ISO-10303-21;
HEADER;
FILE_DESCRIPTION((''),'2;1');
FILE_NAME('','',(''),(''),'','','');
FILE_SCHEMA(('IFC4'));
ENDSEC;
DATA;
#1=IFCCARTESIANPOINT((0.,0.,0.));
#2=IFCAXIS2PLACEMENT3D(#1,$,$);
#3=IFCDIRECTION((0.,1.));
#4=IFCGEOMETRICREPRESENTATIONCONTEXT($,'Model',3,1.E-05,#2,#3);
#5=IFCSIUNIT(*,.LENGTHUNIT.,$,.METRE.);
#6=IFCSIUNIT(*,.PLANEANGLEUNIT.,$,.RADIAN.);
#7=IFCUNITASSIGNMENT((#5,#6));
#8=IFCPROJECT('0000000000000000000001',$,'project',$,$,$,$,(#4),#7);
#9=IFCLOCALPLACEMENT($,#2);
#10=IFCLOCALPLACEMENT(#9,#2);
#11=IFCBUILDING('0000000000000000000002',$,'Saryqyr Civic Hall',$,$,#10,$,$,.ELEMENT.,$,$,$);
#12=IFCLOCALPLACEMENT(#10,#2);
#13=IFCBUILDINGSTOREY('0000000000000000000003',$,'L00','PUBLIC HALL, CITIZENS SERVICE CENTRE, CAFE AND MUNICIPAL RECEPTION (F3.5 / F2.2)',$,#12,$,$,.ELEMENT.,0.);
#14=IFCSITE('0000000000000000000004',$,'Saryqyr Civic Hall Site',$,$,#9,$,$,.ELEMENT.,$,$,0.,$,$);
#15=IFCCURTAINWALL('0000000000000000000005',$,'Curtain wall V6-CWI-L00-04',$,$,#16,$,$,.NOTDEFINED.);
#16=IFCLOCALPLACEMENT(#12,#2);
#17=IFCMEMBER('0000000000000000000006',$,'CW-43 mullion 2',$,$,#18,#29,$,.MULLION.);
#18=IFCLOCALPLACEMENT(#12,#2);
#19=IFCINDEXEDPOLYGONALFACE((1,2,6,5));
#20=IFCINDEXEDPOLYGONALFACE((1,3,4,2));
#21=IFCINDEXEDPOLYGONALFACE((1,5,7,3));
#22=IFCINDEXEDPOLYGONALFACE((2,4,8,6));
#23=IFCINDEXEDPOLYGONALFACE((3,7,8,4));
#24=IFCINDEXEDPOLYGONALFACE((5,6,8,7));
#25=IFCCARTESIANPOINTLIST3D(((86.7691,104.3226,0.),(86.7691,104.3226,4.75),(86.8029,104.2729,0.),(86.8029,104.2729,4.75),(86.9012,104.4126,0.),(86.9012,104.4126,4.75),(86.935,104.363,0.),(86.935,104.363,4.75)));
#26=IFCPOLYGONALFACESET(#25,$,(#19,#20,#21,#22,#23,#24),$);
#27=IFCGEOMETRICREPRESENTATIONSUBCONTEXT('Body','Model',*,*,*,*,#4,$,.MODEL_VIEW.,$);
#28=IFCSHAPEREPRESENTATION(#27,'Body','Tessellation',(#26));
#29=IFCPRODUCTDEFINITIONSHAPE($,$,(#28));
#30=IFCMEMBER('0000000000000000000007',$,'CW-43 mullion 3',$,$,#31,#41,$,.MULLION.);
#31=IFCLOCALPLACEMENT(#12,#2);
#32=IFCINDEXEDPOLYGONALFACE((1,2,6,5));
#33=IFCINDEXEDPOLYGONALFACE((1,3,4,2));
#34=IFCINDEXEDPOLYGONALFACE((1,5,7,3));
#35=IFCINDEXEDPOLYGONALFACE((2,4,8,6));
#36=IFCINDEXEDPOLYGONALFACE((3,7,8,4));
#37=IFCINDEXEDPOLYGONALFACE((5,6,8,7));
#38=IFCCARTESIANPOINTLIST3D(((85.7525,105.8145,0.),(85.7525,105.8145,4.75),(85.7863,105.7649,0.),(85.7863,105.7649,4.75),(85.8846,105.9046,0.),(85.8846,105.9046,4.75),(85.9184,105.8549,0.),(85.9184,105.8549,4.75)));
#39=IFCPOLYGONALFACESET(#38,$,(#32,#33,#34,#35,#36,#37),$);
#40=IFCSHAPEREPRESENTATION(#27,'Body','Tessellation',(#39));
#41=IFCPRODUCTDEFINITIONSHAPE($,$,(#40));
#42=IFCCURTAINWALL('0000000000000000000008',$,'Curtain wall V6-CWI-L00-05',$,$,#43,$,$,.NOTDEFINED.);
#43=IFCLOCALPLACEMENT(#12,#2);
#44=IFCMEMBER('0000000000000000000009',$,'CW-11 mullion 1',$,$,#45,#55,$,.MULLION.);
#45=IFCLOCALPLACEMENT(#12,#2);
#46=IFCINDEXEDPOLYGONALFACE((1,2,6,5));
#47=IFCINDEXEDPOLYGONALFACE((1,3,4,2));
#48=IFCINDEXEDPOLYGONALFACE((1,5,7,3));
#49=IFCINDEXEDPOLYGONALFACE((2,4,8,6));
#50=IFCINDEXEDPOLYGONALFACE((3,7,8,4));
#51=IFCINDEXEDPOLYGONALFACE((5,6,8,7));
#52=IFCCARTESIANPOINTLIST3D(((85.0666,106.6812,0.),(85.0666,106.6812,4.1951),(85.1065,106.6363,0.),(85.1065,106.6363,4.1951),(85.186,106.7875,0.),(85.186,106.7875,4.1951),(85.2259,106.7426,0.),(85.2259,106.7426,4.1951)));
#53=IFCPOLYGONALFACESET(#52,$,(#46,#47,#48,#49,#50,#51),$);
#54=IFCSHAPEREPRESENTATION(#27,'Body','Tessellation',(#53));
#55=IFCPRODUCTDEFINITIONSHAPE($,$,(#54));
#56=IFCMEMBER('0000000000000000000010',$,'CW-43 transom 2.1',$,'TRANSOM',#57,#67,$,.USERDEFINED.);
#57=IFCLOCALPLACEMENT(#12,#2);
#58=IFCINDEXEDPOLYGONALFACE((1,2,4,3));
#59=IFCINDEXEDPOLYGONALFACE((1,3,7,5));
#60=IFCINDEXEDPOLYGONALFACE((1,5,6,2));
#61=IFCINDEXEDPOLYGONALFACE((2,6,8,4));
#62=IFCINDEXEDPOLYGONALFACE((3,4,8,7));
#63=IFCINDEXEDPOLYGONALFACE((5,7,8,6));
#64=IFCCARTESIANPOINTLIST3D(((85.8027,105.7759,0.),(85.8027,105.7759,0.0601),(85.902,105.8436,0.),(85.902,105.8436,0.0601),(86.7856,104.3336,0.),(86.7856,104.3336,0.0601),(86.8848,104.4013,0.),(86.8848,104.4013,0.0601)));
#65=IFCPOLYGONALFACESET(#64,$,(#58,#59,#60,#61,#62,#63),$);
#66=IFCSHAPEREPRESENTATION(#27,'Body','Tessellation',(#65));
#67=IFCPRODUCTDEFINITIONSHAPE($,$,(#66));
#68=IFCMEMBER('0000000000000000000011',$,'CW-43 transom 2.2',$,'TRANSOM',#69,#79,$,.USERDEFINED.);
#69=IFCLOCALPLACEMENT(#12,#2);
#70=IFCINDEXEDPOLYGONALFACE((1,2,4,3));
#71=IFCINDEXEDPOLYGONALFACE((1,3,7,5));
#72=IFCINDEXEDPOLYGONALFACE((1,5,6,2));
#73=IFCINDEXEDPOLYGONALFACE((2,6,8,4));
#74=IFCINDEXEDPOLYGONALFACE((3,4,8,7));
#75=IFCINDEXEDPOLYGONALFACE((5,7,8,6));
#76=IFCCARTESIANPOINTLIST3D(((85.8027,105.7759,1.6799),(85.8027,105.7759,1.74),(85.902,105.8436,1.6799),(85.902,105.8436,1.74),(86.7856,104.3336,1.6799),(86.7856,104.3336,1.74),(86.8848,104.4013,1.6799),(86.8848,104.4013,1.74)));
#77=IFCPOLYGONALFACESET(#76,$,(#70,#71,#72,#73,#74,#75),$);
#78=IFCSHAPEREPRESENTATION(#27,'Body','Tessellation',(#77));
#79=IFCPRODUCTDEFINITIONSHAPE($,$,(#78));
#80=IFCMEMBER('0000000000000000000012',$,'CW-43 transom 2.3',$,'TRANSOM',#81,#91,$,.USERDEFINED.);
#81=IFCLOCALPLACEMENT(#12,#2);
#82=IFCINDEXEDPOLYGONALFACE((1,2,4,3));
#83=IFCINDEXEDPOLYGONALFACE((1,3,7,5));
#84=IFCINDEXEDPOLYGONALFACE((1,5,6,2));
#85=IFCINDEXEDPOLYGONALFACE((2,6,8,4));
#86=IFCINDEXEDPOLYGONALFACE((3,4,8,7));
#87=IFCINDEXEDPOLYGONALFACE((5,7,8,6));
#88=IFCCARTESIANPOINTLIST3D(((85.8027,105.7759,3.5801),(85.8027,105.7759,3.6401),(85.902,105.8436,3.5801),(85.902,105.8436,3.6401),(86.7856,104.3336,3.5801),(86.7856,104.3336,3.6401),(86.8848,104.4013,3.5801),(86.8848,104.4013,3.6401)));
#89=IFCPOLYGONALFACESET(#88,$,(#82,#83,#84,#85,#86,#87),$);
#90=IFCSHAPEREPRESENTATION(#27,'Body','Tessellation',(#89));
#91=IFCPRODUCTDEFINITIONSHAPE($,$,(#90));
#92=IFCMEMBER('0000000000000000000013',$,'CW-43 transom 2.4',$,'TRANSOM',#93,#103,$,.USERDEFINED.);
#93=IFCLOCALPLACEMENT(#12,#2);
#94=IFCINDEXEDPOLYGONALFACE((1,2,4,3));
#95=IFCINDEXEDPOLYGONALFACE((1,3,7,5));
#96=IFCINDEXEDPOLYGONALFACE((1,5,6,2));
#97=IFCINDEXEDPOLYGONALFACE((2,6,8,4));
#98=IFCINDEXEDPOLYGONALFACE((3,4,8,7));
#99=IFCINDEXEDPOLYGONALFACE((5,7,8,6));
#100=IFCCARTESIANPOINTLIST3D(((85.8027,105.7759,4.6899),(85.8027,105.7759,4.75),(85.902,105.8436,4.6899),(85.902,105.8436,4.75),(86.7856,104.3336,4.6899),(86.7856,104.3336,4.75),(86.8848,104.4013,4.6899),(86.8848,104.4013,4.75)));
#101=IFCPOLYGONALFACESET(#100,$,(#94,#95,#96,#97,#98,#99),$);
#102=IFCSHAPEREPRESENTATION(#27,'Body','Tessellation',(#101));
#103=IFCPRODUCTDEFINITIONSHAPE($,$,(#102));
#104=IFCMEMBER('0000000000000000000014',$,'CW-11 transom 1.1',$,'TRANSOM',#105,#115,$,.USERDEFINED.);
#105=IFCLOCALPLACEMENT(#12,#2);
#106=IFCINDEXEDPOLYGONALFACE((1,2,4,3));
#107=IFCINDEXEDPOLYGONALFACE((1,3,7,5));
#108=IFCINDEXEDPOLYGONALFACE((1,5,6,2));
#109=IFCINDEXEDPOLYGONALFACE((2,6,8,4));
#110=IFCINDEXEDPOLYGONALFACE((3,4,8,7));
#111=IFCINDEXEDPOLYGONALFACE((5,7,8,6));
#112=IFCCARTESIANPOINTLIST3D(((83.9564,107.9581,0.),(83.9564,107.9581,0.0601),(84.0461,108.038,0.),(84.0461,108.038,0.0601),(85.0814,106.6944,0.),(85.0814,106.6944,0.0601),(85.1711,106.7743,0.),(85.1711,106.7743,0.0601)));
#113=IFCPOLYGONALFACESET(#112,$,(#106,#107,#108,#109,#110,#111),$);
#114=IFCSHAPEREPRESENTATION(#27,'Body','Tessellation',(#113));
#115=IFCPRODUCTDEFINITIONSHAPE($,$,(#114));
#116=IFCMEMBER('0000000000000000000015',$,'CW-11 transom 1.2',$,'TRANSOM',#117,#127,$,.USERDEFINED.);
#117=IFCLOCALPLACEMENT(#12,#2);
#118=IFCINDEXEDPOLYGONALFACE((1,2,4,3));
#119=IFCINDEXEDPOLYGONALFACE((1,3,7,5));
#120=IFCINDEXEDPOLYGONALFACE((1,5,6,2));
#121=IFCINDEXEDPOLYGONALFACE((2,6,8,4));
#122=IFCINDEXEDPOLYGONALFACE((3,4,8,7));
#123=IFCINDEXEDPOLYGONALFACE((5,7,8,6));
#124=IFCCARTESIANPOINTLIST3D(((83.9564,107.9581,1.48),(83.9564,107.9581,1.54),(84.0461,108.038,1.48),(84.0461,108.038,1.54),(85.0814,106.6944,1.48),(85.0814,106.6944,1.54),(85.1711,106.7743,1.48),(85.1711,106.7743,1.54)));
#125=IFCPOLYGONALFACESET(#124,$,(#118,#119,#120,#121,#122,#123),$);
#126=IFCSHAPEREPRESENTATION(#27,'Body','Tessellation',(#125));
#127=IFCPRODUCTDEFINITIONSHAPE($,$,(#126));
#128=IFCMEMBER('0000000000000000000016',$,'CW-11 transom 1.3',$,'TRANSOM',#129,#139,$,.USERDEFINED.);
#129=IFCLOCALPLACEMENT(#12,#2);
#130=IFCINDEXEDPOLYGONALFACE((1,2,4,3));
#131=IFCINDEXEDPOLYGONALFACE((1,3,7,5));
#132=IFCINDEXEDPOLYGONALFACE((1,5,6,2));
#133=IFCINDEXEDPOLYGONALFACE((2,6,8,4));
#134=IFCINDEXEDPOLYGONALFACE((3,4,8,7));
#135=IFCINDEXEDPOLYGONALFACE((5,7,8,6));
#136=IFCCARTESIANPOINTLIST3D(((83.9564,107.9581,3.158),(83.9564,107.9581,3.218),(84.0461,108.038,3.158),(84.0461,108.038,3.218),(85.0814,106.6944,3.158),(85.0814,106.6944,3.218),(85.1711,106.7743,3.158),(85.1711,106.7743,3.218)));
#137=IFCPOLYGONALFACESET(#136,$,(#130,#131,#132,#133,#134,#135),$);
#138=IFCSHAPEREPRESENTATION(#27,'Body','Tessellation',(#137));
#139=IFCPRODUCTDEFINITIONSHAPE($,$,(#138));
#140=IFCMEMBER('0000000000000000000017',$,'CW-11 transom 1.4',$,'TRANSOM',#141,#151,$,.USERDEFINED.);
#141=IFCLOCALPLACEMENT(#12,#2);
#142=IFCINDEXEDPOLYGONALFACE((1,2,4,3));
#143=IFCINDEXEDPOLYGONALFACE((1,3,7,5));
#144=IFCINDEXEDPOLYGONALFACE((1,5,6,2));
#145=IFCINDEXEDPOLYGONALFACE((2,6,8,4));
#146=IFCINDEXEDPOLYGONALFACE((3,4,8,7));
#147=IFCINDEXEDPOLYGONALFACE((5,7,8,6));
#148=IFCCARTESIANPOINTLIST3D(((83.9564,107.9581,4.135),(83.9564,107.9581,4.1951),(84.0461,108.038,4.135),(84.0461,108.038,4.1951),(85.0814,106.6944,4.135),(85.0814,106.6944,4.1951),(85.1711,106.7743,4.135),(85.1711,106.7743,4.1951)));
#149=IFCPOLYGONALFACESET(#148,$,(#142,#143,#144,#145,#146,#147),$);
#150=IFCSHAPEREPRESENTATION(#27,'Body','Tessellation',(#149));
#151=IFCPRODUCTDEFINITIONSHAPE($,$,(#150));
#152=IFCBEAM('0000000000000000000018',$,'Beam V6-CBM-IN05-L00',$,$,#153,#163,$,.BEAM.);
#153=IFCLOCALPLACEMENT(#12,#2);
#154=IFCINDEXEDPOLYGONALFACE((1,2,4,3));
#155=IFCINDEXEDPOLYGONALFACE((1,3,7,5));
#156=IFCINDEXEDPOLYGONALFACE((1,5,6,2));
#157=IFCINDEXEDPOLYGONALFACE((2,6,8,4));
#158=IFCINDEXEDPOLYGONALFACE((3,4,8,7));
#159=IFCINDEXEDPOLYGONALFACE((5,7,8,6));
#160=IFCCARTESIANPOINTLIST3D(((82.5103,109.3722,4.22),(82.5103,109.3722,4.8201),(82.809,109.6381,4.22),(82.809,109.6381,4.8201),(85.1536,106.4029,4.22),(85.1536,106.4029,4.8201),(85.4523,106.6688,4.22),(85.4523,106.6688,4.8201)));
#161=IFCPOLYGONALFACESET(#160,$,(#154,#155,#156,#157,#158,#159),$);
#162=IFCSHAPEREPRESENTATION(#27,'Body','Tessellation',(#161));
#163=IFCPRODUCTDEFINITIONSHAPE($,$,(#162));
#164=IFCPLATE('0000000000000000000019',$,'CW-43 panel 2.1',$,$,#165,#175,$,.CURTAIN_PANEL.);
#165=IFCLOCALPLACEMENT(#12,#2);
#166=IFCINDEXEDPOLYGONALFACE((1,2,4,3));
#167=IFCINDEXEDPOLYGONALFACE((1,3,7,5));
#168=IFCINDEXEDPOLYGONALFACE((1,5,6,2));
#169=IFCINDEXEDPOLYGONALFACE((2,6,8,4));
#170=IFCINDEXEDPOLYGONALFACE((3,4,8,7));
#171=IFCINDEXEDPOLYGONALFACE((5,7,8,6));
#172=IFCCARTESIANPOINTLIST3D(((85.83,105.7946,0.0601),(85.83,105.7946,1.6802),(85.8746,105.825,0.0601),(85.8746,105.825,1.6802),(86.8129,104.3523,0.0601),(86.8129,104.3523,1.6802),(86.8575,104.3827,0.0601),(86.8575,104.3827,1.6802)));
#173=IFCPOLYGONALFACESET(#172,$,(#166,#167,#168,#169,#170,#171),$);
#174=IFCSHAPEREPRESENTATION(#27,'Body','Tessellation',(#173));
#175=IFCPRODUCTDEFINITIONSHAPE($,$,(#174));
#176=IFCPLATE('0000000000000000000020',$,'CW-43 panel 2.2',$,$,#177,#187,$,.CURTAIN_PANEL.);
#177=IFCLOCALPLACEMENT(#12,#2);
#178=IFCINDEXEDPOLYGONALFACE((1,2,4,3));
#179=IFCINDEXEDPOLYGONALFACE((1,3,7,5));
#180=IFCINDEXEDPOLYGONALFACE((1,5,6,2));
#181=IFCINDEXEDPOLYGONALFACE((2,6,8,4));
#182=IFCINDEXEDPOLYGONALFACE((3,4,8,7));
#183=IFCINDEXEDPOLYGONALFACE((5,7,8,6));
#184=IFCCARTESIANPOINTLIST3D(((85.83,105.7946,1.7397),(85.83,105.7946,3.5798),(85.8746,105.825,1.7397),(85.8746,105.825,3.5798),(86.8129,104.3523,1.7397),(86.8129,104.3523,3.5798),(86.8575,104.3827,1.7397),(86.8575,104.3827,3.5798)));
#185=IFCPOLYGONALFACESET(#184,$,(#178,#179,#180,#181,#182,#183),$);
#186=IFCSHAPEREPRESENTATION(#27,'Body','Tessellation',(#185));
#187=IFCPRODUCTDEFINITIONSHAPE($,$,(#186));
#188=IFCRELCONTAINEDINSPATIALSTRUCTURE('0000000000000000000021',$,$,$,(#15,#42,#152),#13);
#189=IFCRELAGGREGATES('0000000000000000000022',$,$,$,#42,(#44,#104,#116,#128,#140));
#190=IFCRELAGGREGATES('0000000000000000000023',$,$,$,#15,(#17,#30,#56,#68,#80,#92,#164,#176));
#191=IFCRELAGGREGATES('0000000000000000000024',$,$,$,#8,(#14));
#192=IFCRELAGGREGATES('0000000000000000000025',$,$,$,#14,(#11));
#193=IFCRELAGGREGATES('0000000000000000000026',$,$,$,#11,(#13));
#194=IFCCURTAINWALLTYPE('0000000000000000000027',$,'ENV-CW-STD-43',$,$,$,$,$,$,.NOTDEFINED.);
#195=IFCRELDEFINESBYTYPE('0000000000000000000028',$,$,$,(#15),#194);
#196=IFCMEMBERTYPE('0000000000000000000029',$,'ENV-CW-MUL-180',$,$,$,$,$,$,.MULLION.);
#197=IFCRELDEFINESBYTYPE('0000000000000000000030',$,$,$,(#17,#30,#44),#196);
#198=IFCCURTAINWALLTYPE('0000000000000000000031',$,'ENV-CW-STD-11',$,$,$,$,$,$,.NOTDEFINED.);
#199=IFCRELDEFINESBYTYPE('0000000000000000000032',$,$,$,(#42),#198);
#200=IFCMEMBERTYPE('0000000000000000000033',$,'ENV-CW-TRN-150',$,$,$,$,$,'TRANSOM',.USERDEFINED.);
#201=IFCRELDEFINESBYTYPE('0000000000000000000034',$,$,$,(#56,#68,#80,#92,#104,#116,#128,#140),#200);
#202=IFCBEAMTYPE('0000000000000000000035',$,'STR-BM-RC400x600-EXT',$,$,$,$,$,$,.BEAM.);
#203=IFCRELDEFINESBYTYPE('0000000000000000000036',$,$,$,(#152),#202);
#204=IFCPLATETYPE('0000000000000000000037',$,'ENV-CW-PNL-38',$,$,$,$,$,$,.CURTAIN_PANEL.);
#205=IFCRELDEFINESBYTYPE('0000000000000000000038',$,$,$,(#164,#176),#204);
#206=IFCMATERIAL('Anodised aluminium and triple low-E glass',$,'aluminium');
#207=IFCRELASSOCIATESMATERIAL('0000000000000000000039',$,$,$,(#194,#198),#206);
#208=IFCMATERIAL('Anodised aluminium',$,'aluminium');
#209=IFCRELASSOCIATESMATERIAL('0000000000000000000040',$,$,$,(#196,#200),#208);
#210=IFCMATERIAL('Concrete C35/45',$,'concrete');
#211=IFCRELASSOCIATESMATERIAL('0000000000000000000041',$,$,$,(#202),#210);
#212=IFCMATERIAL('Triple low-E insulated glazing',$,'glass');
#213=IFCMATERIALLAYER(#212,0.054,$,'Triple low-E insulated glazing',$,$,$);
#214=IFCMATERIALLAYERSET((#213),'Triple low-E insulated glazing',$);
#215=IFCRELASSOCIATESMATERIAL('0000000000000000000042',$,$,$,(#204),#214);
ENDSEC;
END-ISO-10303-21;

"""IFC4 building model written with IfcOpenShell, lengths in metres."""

from ifc_helpers import new_model, si_unit, direction, frame, origin, origin_2d, place, context, subcontext, project, spatial, rectangle, extrude, material, layer, layer_set, material_profile, profile_set, type_object, element, aggregate, save


model = new_model("IFC4")

# Units and contexts
model_context = context("Model", 3, precision=1e-05, world=origin(), true_north=direction((0.0, 1.0)))
body_context = subcontext(model_context, "Body", "Model", "MODEL_VIEW")
ifc_project = project(units=[si_unit("LENGTHUNIT", "METRE"), si_unit("PLANEANGLEUNIT", "RADIAN")], contexts=[model_context])

# Site, building, storey
site_placement = place(None, origin())
site = spatial("IfcSite", under=ifc_project, at=site_placement, Name="Saryqyr Civic Hall Site", CompositionType="ELEMENT", RefElevation=0.0)
building_placement = place(site_placement, origin())
building = spatial("IfcBuilding", under=site, at=building_placement, Name="Saryqyr Civic Hall", CompositionType="ELEMENT")
storey_placement = place(building_placement, origin())
storey = spatial("IfcBuildingStorey", under=building, at=storey_placement, Name="L00", Description="PUBLIC HALL, CITIZENS SERVICE CENTRE, CAFE AND MUNICIPAL RECEPTION (F3.5 / F2.2)", CompositionType="ELEMENT", Elevation=0.0)

# Curtain wall, members
ifc_material_1 = material(Name="Anodised aluminium and triple low-E glass", Category="aluminium")
curtain_wall_type_1 = type_object("IfcCurtainWallType", Name="ENV-CW-STD-43", PredefinedType="NOTDEFINED", material=ifc_material_1)
curtain_wall_1_placement = place(storey_placement, origin())
curtain_wall_1 = element("IfcCurtainWall", 1, at=curtain_wall_1_placement, inside=storey, type_object=curtain_wall_type_1, Name="Curtain wall V6-CWI-L00-04", PredefinedType="NOTDEFINED")
ifc_material_2 = material(Name="Anodised aluminium", Category="aluminium")
ifc_material_profile_1 = material_profile(ifc_material_2, rectangle(XDim=0.0601, YDim=0.1599, at=origin_2d()), Name="ALU MULLION 60x160")
ifc_profile_set_1 = profile_set([ifc_material_profile_1], Name="Anodised aluminium")
member_type_1 = type_object("IfcMemberType", Name="ENV-CW-MUL-180", PredefinedType="MULLION", material=ifc_profile_set_1)
member_1_placement = place(storey_placement, frame((86.8521, 104.3428, 0.0), z_axis=(0.0, 0.0, 1.0), x_axis=(-0.563133, 0.826366, 0.0)))
member_1 = element("IfcMember", 2, at=member_1_placement, type_object=member_type_1, Name="CW-43 mullion 2", PredefinedType="MULLION", context=body_context, shape_type="SweptSolid", body=[
    extrude(rectangle(XDim=0.0601, YDim=0.1599, at=origin_2d()), origin(), (0.0, 0.0, 1.0), 4.75),
])
member_2_placement = place(storey_placement, frame((85.8354, 105.8347, 0.0), z_axis=(0.0, 0.0, 1.0), x_axis=(-0.563133, 0.826366, 0.0)))
member_2 = element("IfcMember", 3, at=member_2_placement, type_object=member_type_1, Name="CW-43 mullion 3", PredefinedType="MULLION", context=body_context, shape_type="SweptSolid", body=[
    extrude(rectangle(XDim=0.0601, YDim=0.1599, at=origin_2d()), origin(), (0.0, 0.0, 1.0), 4.75),
])

# Curtain wall, member
curtain_wall_type_2 = type_object("IfcCurtainWallType", Name="ENV-CW-STD-11", PredefinedType="NOTDEFINED", material=ifc_material_1)
curtain_wall_2_placement = place(storey_placement, origin())
curtain_wall_2 = element("IfcCurtainWall", 4, at=curtain_wall_2_placement, inside=storey, type_object=curtain_wall_type_2, Name="Curtain wall V6-CWI-L00-05", PredefinedType="NOTDEFINED")
member_3_placement = place(storey_placement, frame((85.1462, 106.7119, 0.0), z_axis=(0.0, 0.0, 1.0), x_axis=(-0.664924, 0.746911, 0.0)))
member_3 = element("IfcMember", 5, at=member_3_placement, type_object=member_type_1, Name="CW-11 mullion 1", PredefinedType="MULLION", context=body_context, shape_type="SweptSolid", body=[
    extrude(rectangle(XDim=0.0601, YDim=0.1599, at=origin_2d()), origin(), (0.0, 0.0, 1.0), 4.1951),
])

# Members
ifc_material_profile_2 = material_profile(ifc_material_2, rectangle(XDim=0.1201, YDim=0.0601, at=origin_2d()), Name="ALU TRANSOM 120x60")
ifc_profile_set_2 = profile_set([ifc_material_profile_2], Name="Anodised aluminium")
member_type_2 = type_object("IfcMemberType", Name="ENV-CW-TRN-150", ElementType="TRANSOM", PredefinedType="USERDEFINED", material=ifc_profile_set_2)
member_4_placement = place(storey_placement, frame((86.8352, 104.3674, 0.03), z_axis=(-0.563128, 0.826369, 0.0), x_axis=(-0.826369, -0.563128, 0.0)))
member_4 = element("IfcMember", 6, at=member_4_placement, type_object=member_type_2, Name="CW-43 transom 2.1", ObjectType="TRANSOM", PredefinedType="USERDEFINED", context=body_context, shape_type="SweptSolid", body=[
    extrude(rectangle(XDim=0.1201, YDim=0.0601, at=origin_2d()), origin(), (0.0, 0.0, 1.0), 1.7454),
])
member_5_placement = place(storey_placement, frame((86.8352, 104.3674, 1.71), z_axis=(-0.563128, 0.826369, 0.0), x_axis=(-0.826369, -0.563128, 0.0)))
member_5 = element("IfcMember", 7, at=member_5_placement, type_object=member_type_2, Name="CW-43 transom 2.2", ObjectType="TRANSOM", PredefinedType="USERDEFINED", context=body_context, shape_type="SweptSolid", body=[
    extrude(rectangle(XDim=0.1201, YDim=0.0601, at=origin_2d()), origin(), (0.0, 0.0, 1.0), 1.7454),
])
member_6_placement = place(storey_placement, frame((86.8352, 104.3674, 3.6101), z_axis=(-0.563128, 0.826369, 0.0), x_axis=(-0.826369, -0.563128, 0.0)))
member_6 = element("IfcMember", 8, at=member_6_placement, type_object=member_type_2, Name="CW-43 transom 2.3", ObjectType="TRANSOM", PredefinedType="USERDEFINED", context=body_context, shape_type="SweptSolid", body=[
    extrude(rectangle(XDim=0.1201, YDim=0.0601, at=origin_2d()), origin(), (0.0, 0.0, 1.0), 1.7454),
])
member_7_placement = place(storey_placement, frame((86.8352, 104.3674, 4.72), z_axis=(-0.563128, 0.826369, 0.0), x_axis=(-0.826369, -0.563128, 0.0)))
member_7 = element("IfcMember", 9, at=member_7_placement, type_object=member_type_2, Name="CW-43 transom 2.4", ObjectType="TRANSOM", PredefinedType="USERDEFINED", context=body_context, shape_type="SweptSolid", body=[
    extrude(rectangle(XDim=0.1201, YDim=0.0601, at=origin_2d()), origin(), (0.0, 0.0, 1.0), 1.7454),
])
member_8_placement = place(storey_placement, frame((85.1262, 106.7344, 0.03), z_axis=(-0.664937, 0.7469, 0.0), x_axis=(-0.7469, -0.664937, 0.0)))
member_8 = element("IfcMember", 10, at=member_8_placement, type_object=member_type_2, Name="CW-11 transom 1.1", ObjectType="TRANSOM", PredefinedType="USERDEFINED", context=body_context, shape_type="SweptSolid", body=[
    extrude(rectangle(XDim=0.1201, YDim=0.0601, at=origin_2d()), origin(), (0.0, 0.0, 1.0), 1.6919),
])
member_9_placement = place(storey_placement, frame((85.1262, 106.7344, 1.51), z_axis=(-0.664937, 0.7469, 0.0), x_axis=(-0.7469, -0.664937, 0.0)))
member_9 = element("IfcMember", 11, at=member_9_placement, type_object=member_type_2, Name="CW-11 transom 1.2", ObjectType="TRANSOM", PredefinedType="USERDEFINED", context=body_context, shape_type="SweptSolid", body=[
    extrude(rectangle(XDim=0.1201, YDim=0.0601, at=origin_2d()), origin(), (0.0, 0.0, 1.0), 1.6919),
])
member_10_placement = place(storey_placement, frame((85.1262, 106.7344, 3.188), z_axis=(-0.664937, 0.7469, 0.0), x_axis=(-0.7469, -0.664937, 0.0)))
member_10 = element("IfcMember", 12, at=member_10_placement, type_object=member_type_2, Name="CW-11 transom 1.3", ObjectType="TRANSOM", PredefinedType="USERDEFINED", context=body_context, shape_type="SweptSolid", body=[
    extrude(rectangle(XDim=0.1201, YDim=0.0601, at=origin_2d()), origin(), (0.0, 0.0, 1.0), 1.6919),
])
member_11_placement = place(storey_placement, frame((85.1262, 106.7344, 4.165), z_axis=(-0.664937, 0.7469, 0.0), x_axis=(-0.7469, -0.664937, 0.0)))
member_11 = element("IfcMember", 13, at=member_11_placement, type_object=member_type_2, Name="CW-11 transom 1.4", ObjectType="TRANSOM", PredefinedType="USERDEFINED", context=body_context, shape_type="SweptSolid", body=[
    extrude(rectangle(XDim=0.1201, YDim=0.0601, at=origin_2d()), origin(), (0.0, 0.0, 1.0), 1.6919),
])
aggregate(curtain_wall_2, [member_3, member_8, member_9, member_10, member_11])

# Beam
ifc_material_3 = material(Name="Concrete C35/45", Category="concrete")
ifc_material_profile_3 = material_profile(ifc_material_3, rectangle(XDim=0.3999, YDim=0.6001, at=origin_2d()), Name="RC 400x600")
ifc_profile_set_3 = profile_set([ifc_material_profile_3], Name="Concrete C35/45")
beam_type = type_object("IfcBeamType", Name="STR-BM-RC400x600-EXT", PredefinedType="BEAM", material=ifc_profile_set_3)
beam_placement = place(storey_placement, frame((85.303, 106.5359, 4.52), z_axis=(-0.664924, 0.746911, 0.0), x_axis=(-0.746911, -0.664924, 0.0)))
element("IfcBeam", 14, at=beam_placement, inside=storey, type_object=beam_type, Name="Beam V6-CBM-IN05-L00", PredefinedType="BEAM", context=body_context, shape_type="SweptSolid", body=[
    extrude(rectangle(XDim=0.3999, YDim=0.6001, at=origin_2d()), origin(), (0.0, 0.0, 1.0), 3.9753),
])

# Plates
ifc_material_4 = material(Name="Triple low-E insulated glazing", Category="glass")
ifc_layer_1 = layer(ifc_material_4, 0.054, Name="Triple low-E insulated glazing")
ifc_layer_set_1 = layer_set([ifc_layer_1], Name="Triple low-E insulated glazing")
plate_type = type_object("IfcPlateType", Name="ENV-CW-PNL-38", PredefinedType="CURTAIN_PANEL", material=ifc_layer_set_1)
plate_1_placement = place(storey_placement, frame((86.3438, 105.0886, 0.0601), z_axis=(0.0, 0.0, 1.0), x_axis=(-0.563133, 0.826366, 0.0)))
plate_1 = element("IfcPlate", 15, at=plate_1_placement, type_object=plate_type, Name="CW-43 panel 2.1", PredefinedType="CURTAIN_PANEL", context=body_context, shape_type="SweptSolid", body=[
    extrude(rectangle(XDim=1.7454, YDim=0.054, at=origin_2d()), origin(), (0.0, 0.0, 1.0), 1.6201),
])
plate_2_placement = place(storey_placement, frame((86.3438, 105.0886, 1.7397), z_axis=(0.0, 0.0, 1.0), x_axis=(-0.563133, 0.826366, 0.0)))
plate_2 = element("IfcPlate", 16, at=plate_2_placement, type_object=plate_type, Name="CW-43 panel 2.2", PredefinedType="CURTAIN_PANEL", context=body_context, shape_type="SweptSolid", body=[
    extrude(rectangle(XDim=1.7454, YDim=0.054, at=origin_2d()), origin(), (0.0, 0.0, 1.0), 1.8401),
])
aggregate(curtain_wall_1, [member_1, member_2, member_4, member_5, member_6, member_7, plate_1, plate_2])

save(model, "model.ifc")
